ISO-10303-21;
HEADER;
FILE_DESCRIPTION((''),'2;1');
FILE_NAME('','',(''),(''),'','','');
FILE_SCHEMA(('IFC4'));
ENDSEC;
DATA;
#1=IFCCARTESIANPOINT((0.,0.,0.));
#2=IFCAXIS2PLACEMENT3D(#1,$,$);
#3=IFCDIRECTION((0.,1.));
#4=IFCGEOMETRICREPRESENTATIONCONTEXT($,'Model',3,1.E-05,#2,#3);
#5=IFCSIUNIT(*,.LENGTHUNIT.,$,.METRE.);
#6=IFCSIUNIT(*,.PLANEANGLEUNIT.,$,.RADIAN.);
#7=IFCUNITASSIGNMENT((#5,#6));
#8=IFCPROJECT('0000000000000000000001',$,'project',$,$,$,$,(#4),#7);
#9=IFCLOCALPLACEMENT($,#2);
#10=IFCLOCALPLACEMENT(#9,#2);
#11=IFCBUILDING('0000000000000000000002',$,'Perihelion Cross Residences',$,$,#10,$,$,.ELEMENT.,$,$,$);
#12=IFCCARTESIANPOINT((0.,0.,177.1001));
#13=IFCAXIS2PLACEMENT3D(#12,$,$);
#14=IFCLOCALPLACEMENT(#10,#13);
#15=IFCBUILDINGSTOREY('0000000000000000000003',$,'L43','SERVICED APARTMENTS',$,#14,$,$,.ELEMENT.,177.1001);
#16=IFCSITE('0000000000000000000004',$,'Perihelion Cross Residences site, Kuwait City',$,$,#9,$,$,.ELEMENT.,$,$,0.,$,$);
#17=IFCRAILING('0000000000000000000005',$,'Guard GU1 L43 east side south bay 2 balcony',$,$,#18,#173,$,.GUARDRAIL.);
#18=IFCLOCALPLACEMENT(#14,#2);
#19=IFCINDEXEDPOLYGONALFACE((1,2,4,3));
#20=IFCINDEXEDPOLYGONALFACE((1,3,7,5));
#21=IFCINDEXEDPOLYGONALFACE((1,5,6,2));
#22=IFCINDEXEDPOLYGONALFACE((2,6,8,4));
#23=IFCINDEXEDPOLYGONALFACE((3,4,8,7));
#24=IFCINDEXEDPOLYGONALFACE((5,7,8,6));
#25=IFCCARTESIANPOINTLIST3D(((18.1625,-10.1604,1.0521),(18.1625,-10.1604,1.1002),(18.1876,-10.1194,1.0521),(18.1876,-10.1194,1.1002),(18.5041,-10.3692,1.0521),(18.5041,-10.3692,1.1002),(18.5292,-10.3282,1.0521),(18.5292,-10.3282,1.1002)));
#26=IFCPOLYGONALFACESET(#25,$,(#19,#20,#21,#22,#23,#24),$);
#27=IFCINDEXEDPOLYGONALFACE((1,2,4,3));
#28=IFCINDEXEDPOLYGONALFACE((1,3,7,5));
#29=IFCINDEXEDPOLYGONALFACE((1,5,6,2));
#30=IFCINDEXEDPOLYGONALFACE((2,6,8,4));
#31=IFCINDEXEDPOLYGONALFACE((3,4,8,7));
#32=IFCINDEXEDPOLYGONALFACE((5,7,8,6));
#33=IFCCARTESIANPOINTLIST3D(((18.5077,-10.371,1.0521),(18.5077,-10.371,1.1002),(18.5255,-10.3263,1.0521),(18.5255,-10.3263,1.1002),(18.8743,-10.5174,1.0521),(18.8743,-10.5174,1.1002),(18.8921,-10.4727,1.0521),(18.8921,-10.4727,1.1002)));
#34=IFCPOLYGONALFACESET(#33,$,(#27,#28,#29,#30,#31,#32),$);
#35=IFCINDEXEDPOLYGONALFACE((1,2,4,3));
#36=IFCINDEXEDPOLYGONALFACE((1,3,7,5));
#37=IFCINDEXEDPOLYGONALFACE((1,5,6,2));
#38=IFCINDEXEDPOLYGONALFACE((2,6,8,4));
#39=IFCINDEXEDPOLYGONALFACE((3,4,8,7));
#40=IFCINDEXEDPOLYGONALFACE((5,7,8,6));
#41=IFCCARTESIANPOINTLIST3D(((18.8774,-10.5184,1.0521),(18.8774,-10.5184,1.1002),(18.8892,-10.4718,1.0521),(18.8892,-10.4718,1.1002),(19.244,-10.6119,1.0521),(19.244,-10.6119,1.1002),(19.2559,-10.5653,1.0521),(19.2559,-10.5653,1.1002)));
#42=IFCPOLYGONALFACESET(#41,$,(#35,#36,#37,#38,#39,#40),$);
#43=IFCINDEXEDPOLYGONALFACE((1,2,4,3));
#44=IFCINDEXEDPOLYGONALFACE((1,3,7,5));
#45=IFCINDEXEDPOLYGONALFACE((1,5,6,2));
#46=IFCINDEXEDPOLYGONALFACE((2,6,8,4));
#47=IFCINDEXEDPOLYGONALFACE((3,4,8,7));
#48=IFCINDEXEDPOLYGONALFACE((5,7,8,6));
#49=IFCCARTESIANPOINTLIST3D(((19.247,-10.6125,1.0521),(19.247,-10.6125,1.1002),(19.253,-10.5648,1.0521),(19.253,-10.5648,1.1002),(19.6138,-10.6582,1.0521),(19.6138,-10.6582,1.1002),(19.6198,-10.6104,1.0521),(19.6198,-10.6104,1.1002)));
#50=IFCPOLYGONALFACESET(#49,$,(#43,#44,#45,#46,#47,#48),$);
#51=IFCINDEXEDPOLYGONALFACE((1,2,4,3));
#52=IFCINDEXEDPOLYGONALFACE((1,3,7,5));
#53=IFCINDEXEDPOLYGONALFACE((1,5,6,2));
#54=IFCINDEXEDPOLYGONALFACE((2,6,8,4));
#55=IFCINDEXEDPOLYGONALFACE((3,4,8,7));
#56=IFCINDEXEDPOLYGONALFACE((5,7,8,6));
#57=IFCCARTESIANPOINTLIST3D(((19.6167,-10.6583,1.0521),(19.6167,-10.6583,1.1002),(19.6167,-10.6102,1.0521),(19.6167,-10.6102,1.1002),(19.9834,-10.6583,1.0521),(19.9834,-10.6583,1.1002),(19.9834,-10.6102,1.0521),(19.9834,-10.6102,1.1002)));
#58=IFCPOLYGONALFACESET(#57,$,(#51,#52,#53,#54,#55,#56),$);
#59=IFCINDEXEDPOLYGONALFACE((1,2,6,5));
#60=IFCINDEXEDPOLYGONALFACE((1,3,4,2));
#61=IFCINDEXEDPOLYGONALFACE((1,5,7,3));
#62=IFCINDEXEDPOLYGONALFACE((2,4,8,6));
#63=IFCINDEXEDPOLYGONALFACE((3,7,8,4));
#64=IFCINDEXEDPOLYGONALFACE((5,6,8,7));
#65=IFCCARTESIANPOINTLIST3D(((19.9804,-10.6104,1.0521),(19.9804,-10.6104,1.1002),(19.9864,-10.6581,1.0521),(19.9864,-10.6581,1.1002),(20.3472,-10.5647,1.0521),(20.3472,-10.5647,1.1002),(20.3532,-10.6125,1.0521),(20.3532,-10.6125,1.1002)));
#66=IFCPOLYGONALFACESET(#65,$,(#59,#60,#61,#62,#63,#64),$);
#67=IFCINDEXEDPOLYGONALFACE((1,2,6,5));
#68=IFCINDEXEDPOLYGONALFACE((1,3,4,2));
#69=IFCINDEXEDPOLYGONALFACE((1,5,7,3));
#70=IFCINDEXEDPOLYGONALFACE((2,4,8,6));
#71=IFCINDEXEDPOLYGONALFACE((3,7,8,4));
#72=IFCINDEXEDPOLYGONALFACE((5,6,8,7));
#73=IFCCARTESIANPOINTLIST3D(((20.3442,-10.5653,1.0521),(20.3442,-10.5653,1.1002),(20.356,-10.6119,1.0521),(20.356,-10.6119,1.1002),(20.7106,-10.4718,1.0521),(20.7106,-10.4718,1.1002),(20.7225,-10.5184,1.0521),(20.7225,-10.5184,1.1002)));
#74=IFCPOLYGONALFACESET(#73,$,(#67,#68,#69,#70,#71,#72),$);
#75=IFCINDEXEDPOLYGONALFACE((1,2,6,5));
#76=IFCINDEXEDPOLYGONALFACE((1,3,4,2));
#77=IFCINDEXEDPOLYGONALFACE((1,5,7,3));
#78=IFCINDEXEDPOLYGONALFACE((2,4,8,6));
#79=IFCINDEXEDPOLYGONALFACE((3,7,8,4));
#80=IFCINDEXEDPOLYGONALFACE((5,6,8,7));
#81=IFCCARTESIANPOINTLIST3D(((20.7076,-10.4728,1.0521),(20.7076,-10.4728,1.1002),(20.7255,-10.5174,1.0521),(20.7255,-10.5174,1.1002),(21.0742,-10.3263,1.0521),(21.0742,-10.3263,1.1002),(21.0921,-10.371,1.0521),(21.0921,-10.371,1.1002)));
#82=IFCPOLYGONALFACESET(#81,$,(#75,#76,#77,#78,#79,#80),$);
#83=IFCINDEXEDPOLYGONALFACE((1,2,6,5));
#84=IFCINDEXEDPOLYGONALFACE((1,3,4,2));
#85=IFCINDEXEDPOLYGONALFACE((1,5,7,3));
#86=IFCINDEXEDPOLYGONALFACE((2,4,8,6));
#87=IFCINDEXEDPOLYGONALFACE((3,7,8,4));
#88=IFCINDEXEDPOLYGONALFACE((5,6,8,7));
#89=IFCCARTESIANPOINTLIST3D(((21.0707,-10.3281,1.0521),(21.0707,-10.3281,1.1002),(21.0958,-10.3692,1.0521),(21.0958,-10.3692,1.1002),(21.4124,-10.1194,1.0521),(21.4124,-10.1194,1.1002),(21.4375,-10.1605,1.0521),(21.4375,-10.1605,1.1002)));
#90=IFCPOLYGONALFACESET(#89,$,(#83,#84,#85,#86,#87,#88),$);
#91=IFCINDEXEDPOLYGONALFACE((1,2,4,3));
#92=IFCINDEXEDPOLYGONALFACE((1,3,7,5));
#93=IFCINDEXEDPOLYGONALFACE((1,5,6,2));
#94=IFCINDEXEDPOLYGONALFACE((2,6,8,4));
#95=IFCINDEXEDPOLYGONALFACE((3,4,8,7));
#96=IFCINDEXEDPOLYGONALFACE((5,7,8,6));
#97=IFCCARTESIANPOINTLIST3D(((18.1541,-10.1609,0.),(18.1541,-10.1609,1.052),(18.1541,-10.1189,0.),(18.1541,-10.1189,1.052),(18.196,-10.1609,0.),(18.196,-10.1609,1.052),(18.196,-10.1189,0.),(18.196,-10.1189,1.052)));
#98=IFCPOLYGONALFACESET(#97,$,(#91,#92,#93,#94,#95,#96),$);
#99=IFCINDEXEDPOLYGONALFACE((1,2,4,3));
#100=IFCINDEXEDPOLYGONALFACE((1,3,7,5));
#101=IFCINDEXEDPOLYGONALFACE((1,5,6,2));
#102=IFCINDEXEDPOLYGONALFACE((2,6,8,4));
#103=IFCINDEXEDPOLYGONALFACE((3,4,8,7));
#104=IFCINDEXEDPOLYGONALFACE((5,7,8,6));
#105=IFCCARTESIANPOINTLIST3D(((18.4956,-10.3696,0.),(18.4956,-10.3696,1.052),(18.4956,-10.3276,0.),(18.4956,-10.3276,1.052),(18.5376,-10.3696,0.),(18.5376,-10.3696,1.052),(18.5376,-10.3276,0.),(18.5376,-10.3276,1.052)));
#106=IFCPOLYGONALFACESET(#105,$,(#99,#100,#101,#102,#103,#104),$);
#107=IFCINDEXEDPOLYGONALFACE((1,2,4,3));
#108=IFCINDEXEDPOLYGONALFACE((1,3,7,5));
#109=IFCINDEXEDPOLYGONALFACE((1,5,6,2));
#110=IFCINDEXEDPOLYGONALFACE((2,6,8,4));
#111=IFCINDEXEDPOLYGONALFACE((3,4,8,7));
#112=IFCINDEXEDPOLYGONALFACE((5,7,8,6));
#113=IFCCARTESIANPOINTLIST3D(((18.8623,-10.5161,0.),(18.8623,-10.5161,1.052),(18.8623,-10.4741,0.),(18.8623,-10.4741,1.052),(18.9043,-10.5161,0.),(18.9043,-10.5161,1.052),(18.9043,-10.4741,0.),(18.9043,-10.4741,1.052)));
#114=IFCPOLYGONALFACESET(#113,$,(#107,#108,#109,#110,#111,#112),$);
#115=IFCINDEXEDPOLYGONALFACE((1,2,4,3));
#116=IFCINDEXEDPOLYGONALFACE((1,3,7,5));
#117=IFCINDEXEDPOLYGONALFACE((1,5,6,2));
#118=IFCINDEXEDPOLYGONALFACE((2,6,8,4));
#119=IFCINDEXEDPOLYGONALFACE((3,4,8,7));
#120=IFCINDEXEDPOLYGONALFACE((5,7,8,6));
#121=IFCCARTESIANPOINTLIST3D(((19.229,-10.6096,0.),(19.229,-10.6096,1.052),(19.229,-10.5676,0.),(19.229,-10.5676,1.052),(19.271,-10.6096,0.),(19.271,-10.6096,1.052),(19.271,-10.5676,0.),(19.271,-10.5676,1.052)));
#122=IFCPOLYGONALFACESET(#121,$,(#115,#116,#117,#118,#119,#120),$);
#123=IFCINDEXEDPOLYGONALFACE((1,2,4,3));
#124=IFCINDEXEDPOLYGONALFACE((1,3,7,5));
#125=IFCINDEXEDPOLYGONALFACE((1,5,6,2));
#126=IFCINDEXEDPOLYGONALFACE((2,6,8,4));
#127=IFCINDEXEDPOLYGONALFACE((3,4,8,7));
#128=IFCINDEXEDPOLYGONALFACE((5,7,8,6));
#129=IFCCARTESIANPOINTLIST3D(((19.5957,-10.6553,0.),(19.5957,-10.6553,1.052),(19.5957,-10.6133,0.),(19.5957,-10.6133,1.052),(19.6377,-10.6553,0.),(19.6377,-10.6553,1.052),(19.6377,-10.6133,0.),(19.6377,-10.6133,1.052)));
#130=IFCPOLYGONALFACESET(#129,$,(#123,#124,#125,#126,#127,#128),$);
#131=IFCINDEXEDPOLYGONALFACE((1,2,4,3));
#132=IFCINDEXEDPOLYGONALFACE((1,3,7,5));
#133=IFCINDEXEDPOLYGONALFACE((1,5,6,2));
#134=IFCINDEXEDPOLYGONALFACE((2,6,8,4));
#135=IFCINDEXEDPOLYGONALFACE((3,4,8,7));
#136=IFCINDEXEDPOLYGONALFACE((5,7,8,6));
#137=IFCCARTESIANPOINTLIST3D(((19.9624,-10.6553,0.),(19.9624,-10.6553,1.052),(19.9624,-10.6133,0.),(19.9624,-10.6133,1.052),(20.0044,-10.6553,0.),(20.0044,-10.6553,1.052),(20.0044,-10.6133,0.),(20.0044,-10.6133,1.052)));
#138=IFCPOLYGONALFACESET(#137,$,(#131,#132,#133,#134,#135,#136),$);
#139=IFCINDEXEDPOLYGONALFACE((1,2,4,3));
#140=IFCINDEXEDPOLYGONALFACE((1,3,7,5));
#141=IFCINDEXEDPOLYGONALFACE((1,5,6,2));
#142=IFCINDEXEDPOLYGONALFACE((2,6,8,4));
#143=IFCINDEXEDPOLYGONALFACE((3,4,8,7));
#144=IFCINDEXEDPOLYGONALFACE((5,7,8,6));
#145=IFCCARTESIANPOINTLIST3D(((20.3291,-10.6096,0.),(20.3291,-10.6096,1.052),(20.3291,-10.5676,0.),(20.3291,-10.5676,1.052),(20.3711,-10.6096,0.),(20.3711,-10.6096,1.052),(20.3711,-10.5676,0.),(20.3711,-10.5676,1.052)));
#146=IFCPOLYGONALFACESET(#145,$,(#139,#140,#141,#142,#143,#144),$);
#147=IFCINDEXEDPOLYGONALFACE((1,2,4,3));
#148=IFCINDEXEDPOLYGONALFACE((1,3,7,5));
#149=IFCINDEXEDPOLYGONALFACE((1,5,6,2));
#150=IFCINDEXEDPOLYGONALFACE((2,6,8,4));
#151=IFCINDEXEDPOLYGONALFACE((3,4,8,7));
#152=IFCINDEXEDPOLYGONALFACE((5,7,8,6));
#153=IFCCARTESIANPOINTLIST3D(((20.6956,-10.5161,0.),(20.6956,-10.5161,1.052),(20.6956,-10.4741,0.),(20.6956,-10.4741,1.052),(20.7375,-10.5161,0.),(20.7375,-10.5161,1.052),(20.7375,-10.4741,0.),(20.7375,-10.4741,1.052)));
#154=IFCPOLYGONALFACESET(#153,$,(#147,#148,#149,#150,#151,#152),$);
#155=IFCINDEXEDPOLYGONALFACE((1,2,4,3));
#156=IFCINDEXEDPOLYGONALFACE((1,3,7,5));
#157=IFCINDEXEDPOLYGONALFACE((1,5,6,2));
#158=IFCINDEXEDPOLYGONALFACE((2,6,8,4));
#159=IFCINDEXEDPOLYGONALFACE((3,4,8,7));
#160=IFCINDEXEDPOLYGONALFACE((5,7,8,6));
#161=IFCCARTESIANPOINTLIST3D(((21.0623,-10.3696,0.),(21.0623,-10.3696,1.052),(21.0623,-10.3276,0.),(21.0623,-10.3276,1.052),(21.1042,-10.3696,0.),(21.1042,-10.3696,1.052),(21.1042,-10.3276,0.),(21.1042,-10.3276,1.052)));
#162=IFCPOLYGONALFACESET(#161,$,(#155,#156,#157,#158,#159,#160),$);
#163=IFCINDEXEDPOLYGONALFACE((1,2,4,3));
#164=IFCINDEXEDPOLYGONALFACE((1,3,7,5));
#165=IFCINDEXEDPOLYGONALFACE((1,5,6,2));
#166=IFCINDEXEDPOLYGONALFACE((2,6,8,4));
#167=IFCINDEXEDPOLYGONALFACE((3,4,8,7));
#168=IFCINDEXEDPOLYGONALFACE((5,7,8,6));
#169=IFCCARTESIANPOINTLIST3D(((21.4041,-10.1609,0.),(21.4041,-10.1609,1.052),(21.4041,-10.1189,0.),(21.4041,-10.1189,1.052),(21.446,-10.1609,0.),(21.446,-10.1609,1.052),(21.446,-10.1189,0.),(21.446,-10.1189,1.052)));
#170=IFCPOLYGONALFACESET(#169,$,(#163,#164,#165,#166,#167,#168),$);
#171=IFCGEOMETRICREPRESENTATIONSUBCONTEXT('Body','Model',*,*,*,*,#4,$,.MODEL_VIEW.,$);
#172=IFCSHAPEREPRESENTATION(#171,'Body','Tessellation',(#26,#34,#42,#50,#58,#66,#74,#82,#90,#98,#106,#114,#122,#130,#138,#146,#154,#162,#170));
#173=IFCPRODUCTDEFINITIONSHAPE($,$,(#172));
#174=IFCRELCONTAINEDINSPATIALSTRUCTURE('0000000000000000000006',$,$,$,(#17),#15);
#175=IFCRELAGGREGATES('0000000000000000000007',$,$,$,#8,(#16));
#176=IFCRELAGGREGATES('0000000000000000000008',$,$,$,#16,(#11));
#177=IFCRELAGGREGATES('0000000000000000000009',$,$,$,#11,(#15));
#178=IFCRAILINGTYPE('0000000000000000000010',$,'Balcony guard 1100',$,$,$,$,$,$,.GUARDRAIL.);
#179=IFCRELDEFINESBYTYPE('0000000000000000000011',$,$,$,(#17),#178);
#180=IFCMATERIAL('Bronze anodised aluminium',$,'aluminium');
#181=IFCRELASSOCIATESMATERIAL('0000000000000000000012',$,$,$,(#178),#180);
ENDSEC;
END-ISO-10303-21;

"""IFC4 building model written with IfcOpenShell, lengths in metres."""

from ifc_helpers import new_model, si_unit, direction, frame, origin, origin_2d, place, context, subcontext, project, spatial, rectangle, extrude, material, type_object, element, save


model = new_model("IFC4")

# Units and contexts
model_context = context("Model", 3, precision=1e-05, world=origin(), true_north=direction((0.0, 1.0)))
body_context = subcontext(model_context, "Body", "Model", "MODEL_VIEW")
ifc_project = project(units=[si_unit("LENGTHUNIT", "METRE"), si_unit("PLANEANGLEUNIT", "RADIAN")], contexts=[model_context])

# Site, building, storey
site_placement = place(None, origin())
site = spatial("IfcSite", under=ifc_project, at=site_placement, Name="Perihelion Cross Residences site, Kuwait City", CompositionType="ELEMENT", RefElevation=0.0)
building_placement = place(site_placement, origin())
building = spatial("IfcBuilding", under=site, at=building_placement, Name="Perihelion Cross Residences", CompositionType="ELEMENT")
storey_placement = place(building_placement, frame((0.0, 0.0, 177.1001)))
storey = spatial("IfcBuildingStorey", under=building, at=storey_placement, Name="L43", Description="SERVICED APARTMENTS", CompositionType="ELEMENT", Elevation=177.1001)

# Railing
ifc_material_1 = material(Name="Bronze anodised aluminium", Category="aluminium")
railing_type = type_object("IfcRailingType", Name="Balcony guard 1100", PredefinedType="GUARDRAIL", material=ifc_material_1)
railing_1_placement = place(storey_placement, frame((18.175, -10.1399, 0.0)))
element("IfcRailing", 1, at=railing_1_placement, inside=storey, type_object=railing_type, Name="Guard GU1 L43 east side south bay 2 balcony", PredefinedType="GUARDRAIL", context=body_context, shape_type="SweptSolid", body=[
    extrude(rectangle(XDim=0.0481, YDim=0.0481, at=origin_2d()), frame((0.0, 0.0, 1.0762), z_axis=(0.853267, -0.521475, 0.0), x_axis=(0.521475, 0.853267, 0.0)), (0.0, 0.0, 1.0), 0.4004),
    extrude(rectangle(XDim=0.0481, YDim=0.0481, at=origin_2d()), frame((0.3416, -0.2087, 1.0762), z_axis=(0.928647, -0.370964, 0.0), x_axis=(0.370964, 0.928647, 0.0)), (0.0, 0.0, 1.0), 0.3948),
    extrude(rectangle(XDim=0.0481, YDim=0.0481, at=origin_2d()), frame((0.7083, -0.3552, 1.0762), z_axis=(0.968993, -0.247087, 0.0), x_axis=(0.247087, 0.968993, 0.0)), (0.0, 0.0, 1.0), 0.3784),
    extrude(rectangle(XDim=0.0481, YDim=0.0481, at=origin_2d()), frame((1.075, -0.4487, 1.0762), z_axis=(0.992339, -0.123547, 0.0), x_axis=(0.123547, 0.992339, 0.0)), (0.0, 0.0, 1.0), 0.3696),
    extrude(rectangle(XDim=0.0481, YDim=0.0481, at=origin_2d()), frame((1.4417, -0.4944, 1.0762), z_axis=(1.0, 0.0, 0.0), x_axis=(0.0, 1.0, 0.0)), (0.0, 0.0, 1.0), 0.3667),
    extrude(rectangle(XDim=0.0481, YDim=0.0481, at=origin_2d()), frame((1.8083, -0.4944, 1.0762), z_axis=(0.992339, 0.123547, 0.0), x_axis=(-0.123547, 0.992339, 0.0)), (0.0, 0.0, 1.0), 0.3696),
    extrude(rectangle(XDim=0.0481, YDim=0.0481, at=origin_2d()), frame((2.175, -0.4487, 1.0762), z_axis=(0.968954, 0.247241, 0.0), x_axis=(-0.247241, 0.968954, 0.0)), (0.0, 0.0, 1.0), 0.3782),
    extrude(rectangle(XDim=0.0481, YDim=0.0481, at=origin_2d()), frame((2.5415, -0.3552, 1.0762), z_axis=(0.928647, 0.370964, 0.0), x_axis=(-0.370964, 0.928647, 0.0)), (0.0, 0.0, 1.0), 0.3948),
    extrude(rectangle(XDim=0.0481, YDim=0.0481, at=origin_2d()), frame((2.9082, -0.2087, 1.0762), z_axis=(0.853432, 0.521203, 0.0), x_axis=(-0.521203, 0.853432, 0.0)), (0.0, 0.0, 1.0), 0.4004),
    extrude(rectangle(XDim=0.042, YDim=0.042, at=origin_2d()), origin(), (0.0, 0.0, 1.0), 1.052),
    extrude(rectangle(XDim=0.042, YDim=0.042, at=origin_2d()), frame((0.3416, -0.2087, 0.0)), (0.0, 0.0, 1.0), 1.052),
    extrude(rectangle(XDim=0.042, YDim=0.042, at=origin_2d()), frame((0.7083, -0.3552, 0.0)), (0.0, 0.0, 1.0), 1.052),
    extrude(rectangle(XDim=0.042, YDim=0.042, at=origin_2d()), frame((1.075, -0.4487, 0.0)), (0.0, 0.0, 1.0), 1.052),
    extrude(rectangle(XDim=0.042, YDim=0.042, at=origin_2d()), frame((1.4417, -0.4944, 0.0)), (0.0, 0.0, 1.0), 1.052),
    extrude(rectangle(XDim=0.042, YDim=0.042, at=origin_2d()), frame((1.8083, -0.4944, 0.0)), (0.0, 0.0, 1.0), 1.052),
    extrude(rectangle(XDim=0.042, YDim=0.042, at=origin_2d()), frame((2.175, -0.4487, 0.0)), (0.0, 0.0, 1.0), 1.052),
    extrude(rectangle(XDim=0.042, YDim=0.042, at=origin_2d()), frame((2.5415, -0.3552, 0.0)), (0.0, 0.0, 1.0), 1.052),
    extrude(rectangle(XDim=0.042, YDim=0.042, at=origin_2d()), frame((2.9082, -0.2087, 0.0)), (0.0, 0.0, 1.0), 1.052),
    extrude(rectangle(XDim=0.042, YDim=0.042, at=origin_2d()), frame((3.25, 0.0, 0.0)), (0.0, 0.0, 1.0), 1.052),
])

save(model, "model.ifc")
